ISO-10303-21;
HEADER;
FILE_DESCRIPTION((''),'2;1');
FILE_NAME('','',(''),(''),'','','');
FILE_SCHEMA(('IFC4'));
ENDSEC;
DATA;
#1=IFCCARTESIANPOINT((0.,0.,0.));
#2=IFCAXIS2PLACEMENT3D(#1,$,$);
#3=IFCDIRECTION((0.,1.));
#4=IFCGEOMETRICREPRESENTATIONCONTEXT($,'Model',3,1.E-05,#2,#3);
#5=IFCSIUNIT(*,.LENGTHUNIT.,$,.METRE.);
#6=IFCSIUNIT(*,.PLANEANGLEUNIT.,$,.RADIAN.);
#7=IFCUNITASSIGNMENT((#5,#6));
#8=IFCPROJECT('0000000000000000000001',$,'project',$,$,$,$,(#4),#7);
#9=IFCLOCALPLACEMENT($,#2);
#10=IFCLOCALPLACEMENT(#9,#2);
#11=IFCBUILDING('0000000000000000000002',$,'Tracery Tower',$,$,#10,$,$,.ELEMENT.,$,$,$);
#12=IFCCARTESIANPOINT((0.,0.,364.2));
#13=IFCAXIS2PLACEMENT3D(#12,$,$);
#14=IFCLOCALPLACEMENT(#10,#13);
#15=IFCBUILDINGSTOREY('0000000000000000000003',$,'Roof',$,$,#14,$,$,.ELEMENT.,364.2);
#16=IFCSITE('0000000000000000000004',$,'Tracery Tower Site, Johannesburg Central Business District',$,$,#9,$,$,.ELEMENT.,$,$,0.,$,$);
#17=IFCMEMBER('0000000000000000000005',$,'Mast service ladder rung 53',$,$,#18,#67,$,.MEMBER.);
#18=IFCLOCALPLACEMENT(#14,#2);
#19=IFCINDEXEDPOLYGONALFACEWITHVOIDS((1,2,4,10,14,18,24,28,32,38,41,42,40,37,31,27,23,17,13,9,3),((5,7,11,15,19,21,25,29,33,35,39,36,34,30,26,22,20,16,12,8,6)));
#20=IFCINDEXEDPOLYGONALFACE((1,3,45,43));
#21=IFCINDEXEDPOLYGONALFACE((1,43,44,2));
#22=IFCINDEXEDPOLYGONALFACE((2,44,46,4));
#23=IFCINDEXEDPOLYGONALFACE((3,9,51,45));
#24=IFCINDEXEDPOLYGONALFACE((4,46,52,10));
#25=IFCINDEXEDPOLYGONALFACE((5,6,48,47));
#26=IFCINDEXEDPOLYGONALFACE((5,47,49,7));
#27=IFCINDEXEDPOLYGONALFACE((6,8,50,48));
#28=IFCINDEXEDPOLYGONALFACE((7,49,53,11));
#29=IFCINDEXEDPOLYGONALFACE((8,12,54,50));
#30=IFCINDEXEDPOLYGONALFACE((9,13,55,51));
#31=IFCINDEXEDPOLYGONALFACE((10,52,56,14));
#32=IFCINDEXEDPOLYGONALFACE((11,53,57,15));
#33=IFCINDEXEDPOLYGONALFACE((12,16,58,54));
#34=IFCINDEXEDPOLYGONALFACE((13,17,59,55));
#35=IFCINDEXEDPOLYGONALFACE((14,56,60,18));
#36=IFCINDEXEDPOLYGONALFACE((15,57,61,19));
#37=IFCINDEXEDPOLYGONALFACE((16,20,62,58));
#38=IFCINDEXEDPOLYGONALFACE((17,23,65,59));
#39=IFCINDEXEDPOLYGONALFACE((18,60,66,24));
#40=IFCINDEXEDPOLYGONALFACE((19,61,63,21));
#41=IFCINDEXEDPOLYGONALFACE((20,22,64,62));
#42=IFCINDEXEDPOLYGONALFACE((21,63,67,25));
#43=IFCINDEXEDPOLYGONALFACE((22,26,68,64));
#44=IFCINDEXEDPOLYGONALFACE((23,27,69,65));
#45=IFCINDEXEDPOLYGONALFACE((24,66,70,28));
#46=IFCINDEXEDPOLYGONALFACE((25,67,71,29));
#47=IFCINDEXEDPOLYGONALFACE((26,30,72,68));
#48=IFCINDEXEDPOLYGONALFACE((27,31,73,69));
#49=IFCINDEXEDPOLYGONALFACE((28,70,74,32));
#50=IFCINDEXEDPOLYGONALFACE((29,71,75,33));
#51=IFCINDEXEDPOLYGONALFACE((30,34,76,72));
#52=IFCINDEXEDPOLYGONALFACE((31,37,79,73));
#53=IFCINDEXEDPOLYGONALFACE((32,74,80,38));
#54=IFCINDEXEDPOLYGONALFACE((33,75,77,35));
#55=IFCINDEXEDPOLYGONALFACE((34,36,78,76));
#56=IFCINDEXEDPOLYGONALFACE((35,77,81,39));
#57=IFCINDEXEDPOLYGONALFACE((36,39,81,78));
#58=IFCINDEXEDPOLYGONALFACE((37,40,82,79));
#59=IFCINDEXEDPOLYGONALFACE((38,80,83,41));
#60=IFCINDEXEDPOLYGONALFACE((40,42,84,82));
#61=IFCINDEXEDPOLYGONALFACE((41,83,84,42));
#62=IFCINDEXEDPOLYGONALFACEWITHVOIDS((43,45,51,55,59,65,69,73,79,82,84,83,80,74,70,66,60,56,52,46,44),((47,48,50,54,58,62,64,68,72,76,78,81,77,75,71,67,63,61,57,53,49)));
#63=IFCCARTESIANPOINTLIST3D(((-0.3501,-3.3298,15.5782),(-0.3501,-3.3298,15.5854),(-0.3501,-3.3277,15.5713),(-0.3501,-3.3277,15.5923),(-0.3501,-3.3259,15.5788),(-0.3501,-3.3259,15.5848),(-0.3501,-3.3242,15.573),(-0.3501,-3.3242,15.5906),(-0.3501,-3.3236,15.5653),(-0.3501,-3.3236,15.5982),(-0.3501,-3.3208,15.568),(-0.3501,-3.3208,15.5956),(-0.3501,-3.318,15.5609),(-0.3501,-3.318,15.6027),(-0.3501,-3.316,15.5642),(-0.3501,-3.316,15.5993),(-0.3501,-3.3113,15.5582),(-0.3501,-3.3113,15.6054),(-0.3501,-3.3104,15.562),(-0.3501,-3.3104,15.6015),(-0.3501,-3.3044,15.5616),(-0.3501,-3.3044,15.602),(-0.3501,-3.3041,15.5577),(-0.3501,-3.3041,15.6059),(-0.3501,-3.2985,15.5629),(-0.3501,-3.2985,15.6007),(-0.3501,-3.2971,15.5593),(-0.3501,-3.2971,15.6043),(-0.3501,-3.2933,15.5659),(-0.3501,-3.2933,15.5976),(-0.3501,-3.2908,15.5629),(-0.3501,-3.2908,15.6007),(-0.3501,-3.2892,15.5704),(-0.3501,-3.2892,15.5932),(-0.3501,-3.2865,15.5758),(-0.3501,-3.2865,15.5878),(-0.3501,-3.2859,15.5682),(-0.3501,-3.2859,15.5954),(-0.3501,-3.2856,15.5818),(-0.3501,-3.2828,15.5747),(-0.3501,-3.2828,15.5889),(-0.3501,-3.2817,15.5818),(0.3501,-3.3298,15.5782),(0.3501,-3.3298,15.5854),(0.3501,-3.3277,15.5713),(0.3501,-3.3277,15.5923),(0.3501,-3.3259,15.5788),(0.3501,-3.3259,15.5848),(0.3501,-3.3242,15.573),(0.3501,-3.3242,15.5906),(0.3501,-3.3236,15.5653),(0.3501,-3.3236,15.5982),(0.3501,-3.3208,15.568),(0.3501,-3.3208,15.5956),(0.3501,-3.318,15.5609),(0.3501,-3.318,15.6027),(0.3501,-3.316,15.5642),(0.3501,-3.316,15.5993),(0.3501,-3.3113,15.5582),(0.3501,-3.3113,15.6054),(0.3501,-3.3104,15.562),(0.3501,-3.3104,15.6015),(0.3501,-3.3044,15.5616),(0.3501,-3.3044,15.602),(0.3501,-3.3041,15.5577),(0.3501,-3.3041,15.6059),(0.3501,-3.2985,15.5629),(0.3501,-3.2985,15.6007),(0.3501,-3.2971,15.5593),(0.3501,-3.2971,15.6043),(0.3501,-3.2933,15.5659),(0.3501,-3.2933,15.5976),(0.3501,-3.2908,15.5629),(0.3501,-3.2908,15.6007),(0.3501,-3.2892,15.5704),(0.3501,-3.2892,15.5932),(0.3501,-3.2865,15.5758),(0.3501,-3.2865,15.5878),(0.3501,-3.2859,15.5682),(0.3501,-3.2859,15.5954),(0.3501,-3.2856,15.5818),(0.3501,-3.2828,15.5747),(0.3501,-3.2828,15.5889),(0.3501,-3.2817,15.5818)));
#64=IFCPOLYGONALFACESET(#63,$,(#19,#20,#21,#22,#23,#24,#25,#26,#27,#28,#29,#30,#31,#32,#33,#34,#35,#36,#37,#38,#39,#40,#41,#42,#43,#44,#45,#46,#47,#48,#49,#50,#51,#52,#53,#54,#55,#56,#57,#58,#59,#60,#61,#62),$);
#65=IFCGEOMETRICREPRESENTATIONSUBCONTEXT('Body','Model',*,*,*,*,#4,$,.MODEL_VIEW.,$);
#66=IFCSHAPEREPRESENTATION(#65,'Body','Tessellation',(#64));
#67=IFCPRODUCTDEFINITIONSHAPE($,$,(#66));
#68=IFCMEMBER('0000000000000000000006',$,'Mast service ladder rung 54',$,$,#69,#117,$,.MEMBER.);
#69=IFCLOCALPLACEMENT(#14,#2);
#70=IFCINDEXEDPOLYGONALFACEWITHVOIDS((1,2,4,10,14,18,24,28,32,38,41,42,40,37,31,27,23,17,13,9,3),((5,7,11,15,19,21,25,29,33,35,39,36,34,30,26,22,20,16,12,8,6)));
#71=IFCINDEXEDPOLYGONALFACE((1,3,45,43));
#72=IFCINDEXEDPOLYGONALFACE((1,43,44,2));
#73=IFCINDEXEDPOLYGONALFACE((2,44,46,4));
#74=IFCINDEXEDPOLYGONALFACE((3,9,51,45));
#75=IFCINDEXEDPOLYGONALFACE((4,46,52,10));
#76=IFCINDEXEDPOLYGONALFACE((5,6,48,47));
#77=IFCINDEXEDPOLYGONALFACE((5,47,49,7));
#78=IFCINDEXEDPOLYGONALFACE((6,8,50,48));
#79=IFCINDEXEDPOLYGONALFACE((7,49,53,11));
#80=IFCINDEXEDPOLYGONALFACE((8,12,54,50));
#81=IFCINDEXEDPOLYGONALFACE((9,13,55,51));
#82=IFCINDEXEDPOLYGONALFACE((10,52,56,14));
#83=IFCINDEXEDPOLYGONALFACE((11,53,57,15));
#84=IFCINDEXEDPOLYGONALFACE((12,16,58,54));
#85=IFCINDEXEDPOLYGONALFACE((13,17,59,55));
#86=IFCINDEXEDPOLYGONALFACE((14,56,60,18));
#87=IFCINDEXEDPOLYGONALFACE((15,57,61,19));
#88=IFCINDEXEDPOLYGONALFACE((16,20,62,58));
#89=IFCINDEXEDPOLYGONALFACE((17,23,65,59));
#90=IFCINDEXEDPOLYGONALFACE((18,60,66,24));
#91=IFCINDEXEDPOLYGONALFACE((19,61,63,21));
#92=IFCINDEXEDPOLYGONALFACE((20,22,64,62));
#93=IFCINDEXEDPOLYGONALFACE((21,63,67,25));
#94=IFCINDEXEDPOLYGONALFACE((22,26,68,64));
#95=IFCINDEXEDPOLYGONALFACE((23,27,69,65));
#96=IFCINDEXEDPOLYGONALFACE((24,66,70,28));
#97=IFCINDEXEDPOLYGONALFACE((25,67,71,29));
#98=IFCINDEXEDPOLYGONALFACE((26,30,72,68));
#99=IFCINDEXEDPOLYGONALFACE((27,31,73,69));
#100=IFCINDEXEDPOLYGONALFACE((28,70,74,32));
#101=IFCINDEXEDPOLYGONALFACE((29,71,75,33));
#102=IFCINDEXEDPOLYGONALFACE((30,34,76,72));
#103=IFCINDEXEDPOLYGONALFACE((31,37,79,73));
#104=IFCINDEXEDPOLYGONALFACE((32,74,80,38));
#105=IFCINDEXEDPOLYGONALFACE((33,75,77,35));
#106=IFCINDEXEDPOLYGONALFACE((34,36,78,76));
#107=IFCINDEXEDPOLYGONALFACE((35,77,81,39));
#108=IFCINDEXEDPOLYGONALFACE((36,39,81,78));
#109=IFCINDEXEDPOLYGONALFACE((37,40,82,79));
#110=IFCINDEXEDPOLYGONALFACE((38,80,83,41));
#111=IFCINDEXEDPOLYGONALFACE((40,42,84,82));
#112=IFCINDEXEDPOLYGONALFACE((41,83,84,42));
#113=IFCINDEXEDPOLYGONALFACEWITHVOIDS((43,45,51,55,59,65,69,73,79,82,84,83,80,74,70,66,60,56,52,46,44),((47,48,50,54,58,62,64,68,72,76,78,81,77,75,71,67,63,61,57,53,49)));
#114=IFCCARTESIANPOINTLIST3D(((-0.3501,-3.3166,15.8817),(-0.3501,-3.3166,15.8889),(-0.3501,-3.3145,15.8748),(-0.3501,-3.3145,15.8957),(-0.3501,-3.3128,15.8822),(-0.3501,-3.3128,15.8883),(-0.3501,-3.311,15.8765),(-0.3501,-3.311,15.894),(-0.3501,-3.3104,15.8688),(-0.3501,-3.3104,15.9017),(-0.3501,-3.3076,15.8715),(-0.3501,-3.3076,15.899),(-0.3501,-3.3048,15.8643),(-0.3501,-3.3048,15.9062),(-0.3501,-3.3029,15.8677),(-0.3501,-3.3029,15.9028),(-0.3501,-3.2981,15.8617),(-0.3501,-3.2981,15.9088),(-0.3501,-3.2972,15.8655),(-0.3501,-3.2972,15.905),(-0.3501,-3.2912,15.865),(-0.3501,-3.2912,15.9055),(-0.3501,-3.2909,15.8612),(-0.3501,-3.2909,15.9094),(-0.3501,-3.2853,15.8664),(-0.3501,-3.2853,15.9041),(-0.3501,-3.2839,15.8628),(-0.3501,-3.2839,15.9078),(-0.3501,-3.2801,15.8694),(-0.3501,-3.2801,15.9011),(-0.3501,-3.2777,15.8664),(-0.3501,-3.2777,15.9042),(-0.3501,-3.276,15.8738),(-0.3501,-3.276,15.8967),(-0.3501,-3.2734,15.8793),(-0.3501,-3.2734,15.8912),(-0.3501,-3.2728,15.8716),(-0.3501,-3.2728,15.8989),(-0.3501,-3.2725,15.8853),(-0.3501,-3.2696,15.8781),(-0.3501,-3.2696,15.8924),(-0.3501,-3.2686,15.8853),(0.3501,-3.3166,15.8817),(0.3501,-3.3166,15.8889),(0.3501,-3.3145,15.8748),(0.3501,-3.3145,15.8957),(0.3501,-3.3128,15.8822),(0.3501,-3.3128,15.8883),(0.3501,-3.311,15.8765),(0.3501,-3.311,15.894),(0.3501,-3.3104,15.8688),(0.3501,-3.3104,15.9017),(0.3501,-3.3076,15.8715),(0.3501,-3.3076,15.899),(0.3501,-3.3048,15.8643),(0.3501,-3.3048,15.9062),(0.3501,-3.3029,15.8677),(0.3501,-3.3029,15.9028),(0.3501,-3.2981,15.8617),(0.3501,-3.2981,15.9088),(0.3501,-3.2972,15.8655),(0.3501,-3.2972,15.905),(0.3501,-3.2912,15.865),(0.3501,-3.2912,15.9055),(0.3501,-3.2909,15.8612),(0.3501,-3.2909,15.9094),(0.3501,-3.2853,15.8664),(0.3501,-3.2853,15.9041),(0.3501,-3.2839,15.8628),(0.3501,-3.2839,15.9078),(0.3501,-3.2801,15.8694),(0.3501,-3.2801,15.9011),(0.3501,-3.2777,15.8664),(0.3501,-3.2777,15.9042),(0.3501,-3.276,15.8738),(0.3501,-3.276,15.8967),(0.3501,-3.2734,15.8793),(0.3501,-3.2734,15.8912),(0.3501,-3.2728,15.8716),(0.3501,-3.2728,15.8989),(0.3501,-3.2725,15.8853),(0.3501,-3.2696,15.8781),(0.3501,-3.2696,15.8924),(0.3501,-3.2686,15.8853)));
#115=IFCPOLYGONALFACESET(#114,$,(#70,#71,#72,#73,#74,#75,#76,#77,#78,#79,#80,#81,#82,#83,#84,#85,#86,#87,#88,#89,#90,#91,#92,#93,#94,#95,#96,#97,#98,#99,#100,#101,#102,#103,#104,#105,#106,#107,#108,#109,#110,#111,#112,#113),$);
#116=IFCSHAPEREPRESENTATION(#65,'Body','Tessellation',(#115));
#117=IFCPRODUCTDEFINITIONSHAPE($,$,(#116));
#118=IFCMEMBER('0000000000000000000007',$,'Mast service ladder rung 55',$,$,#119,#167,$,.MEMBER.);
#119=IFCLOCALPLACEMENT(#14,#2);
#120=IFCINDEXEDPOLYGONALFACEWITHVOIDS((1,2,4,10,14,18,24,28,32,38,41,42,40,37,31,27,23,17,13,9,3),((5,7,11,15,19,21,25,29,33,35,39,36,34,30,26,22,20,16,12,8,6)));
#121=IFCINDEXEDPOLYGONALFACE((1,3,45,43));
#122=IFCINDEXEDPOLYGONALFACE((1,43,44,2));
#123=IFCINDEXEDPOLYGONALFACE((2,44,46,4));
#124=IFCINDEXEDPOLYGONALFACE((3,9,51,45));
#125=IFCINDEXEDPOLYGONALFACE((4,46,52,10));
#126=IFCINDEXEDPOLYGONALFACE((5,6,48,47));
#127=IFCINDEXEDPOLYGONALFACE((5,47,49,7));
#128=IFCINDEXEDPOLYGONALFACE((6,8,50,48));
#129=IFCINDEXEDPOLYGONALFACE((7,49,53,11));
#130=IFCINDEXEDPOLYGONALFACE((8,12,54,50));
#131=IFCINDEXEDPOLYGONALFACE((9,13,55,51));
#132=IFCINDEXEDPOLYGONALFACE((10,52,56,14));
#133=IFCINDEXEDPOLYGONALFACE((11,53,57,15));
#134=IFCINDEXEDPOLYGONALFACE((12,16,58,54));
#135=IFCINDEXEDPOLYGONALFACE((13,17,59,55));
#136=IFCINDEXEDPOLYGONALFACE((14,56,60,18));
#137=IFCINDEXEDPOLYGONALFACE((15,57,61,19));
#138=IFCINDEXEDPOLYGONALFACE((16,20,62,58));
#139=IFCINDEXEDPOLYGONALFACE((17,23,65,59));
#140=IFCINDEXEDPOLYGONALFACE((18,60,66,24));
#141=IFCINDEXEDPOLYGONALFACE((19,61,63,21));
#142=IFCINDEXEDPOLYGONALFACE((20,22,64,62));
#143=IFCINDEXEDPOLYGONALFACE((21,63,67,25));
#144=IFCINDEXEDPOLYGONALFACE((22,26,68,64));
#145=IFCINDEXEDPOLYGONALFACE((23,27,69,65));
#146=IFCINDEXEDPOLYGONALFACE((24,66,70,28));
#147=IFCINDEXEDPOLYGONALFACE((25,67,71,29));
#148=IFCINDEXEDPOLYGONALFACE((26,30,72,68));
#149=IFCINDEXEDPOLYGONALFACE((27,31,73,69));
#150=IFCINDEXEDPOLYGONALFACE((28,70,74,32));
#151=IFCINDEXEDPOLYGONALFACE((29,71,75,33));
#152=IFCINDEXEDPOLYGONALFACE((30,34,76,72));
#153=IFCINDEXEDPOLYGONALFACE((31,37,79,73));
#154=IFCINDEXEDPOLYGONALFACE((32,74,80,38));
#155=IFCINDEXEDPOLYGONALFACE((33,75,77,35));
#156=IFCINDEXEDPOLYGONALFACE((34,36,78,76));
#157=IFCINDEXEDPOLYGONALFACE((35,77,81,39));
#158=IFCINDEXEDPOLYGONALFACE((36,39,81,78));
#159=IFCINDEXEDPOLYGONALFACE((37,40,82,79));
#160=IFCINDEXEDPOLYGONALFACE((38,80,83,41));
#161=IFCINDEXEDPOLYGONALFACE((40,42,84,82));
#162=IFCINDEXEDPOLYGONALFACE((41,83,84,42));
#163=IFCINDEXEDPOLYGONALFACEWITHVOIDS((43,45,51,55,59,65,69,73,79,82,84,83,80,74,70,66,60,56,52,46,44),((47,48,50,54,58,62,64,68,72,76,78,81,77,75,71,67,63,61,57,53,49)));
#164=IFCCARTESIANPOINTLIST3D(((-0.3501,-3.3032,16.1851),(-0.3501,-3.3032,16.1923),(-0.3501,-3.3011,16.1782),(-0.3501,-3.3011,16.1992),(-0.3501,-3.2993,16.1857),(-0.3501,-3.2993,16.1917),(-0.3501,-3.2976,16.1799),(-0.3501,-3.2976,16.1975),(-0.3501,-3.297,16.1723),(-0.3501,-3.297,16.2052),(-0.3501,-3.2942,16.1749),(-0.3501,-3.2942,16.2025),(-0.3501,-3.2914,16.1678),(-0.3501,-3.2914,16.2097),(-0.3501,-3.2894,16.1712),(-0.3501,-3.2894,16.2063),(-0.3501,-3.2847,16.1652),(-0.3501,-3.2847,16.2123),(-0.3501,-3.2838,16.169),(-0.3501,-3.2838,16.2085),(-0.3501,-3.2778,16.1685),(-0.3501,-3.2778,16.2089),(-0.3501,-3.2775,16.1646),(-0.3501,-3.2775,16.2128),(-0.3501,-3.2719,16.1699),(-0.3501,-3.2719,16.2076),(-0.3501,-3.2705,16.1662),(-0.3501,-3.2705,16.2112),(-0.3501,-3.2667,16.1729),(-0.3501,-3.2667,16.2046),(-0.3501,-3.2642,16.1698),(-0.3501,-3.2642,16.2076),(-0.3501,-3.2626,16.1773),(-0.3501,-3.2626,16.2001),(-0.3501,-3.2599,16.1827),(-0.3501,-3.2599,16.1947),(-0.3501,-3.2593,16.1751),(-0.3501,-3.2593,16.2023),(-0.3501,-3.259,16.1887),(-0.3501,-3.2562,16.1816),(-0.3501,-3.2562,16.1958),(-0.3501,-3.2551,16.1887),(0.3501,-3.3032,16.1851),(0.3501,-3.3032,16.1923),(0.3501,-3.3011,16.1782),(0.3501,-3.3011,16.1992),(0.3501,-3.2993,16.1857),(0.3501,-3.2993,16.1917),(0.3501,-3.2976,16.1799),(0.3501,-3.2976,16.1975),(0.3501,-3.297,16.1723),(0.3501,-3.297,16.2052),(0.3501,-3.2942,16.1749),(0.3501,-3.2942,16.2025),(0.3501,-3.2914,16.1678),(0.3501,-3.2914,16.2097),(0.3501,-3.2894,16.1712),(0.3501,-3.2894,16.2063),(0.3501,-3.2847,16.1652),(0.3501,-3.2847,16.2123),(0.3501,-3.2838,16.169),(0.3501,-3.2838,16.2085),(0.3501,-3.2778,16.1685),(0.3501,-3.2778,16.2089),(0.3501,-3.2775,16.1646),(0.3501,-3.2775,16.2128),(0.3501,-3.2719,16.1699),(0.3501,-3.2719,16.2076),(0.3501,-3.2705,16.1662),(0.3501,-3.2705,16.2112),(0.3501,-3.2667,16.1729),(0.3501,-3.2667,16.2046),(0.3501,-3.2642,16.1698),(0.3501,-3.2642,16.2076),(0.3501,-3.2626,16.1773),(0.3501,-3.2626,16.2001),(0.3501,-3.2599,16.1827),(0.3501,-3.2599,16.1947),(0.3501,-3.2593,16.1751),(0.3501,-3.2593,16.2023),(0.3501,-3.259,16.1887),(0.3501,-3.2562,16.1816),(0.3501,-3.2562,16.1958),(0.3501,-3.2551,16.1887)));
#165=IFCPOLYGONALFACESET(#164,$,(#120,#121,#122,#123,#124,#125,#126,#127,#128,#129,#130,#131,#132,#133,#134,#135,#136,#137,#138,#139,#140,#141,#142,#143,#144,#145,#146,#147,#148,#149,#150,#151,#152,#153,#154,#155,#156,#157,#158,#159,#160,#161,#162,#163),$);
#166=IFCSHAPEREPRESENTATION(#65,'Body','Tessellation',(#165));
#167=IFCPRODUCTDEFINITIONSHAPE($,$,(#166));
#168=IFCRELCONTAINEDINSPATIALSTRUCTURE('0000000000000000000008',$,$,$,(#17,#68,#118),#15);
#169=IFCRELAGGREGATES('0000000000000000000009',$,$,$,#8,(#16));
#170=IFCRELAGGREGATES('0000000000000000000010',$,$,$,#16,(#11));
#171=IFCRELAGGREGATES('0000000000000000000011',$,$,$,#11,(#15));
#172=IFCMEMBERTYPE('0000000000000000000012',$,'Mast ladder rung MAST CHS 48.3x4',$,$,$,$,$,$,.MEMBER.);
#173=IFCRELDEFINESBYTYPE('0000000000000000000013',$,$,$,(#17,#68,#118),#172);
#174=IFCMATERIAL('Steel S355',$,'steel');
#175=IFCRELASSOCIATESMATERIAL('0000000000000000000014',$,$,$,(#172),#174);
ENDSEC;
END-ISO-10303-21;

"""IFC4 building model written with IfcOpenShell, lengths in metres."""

from ifc_helpers import new_model, si_unit, direction, frame, origin, origin_2d, place, context, subcontext, project, spatial, hollow_circle, extrude, material, material_profile, profile_set, type_object, element, save


model = new_model("IFC4")

# Units and contexts
model_context = context("Model", 3, precision=1e-05, world=origin(), true_north=direction((0.0, 1.0)))
body_context = subcontext(model_context, "Body", "Model", "MODEL_VIEW")
ifc_project = project(units=[si_unit("LENGTHUNIT", "METRE"), si_unit("PLANEANGLEUNIT", "RADIAN")], contexts=[model_context])

# Site, building, storey
site_placement = place(None, origin())
site = spatial("IfcSite", under=ifc_project, at=site_placement, Name="Tracery Tower Site, Johannesburg Central Business District", CompositionType="ELEMENT", RefElevation=0.0)
building_placement = place(site_placement, origin())
building = spatial("IfcBuilding", under=site, at=building_placement, Name="Tracery Tower", CompositionType="ELEMENT")
storey_placement = place(building_placement, frame((0.0, 0.0, 364.2)))
storey = spatial("IfcBuildingStorey", under=building, at=storey_placement, Name="Roof", CompositionType="ELEMENT", Elevation=364.2)

# Members
ifc_material_1 = material(Name="Steel S355", Category="steel")
ifc_material_profile_1 = material_profile(ifc_material_1, hollow_circle(Radius=0.0242, WallThickness=0.0039, at=origin_2d()), Name="CHS 48.3x4")
ifc_profile_set_1 = profile_set([ifc_material_profile_1], Name="Steel S355")
member_type_1 = type_object("IfcMemberType", Name="Mast ladder rung MAST CHS 48.3x4", PredefinedType="MEMBER", material=ifc_profile_set_1)
for number, where, z_axis, x_axis, name in (
    (1, (-0.3501, -3.3059, 15.5818), (1.0, 0.0, 0.0), (0.0, 1.0, 0.0), "Mast service ladder rung 53"),
    (2, (-0.3501, -3.2927, 15.8853), (1.0, 0.0, 0.0), (0.0, 1.0, 0.0), "Mast service ladder rung 54"),
    (3, (-0.3501, -3.2793, 16.1887), (1.0, 0.0, 0.0), (0.0, 1.0, 0.0), "Mast service ladder rung 55"),
):
    element("IfcMember", number, at=place(storey_placement, frame(where, z_axis=z_axis, x_axis=x_axis)), inside=storey, type_object=member_type_1, Name=name, PredefinedType="MEMBER", context=body_context, shape_type="SweptSolid", body=[
        extrude(hollow_circle(Radius=0.0242, WallThickness=0.0039, at=origin_2d()), origin(), (0.0, 0.0, 1.0), 0.7002),
    ])

save(model, "model.ifc")
